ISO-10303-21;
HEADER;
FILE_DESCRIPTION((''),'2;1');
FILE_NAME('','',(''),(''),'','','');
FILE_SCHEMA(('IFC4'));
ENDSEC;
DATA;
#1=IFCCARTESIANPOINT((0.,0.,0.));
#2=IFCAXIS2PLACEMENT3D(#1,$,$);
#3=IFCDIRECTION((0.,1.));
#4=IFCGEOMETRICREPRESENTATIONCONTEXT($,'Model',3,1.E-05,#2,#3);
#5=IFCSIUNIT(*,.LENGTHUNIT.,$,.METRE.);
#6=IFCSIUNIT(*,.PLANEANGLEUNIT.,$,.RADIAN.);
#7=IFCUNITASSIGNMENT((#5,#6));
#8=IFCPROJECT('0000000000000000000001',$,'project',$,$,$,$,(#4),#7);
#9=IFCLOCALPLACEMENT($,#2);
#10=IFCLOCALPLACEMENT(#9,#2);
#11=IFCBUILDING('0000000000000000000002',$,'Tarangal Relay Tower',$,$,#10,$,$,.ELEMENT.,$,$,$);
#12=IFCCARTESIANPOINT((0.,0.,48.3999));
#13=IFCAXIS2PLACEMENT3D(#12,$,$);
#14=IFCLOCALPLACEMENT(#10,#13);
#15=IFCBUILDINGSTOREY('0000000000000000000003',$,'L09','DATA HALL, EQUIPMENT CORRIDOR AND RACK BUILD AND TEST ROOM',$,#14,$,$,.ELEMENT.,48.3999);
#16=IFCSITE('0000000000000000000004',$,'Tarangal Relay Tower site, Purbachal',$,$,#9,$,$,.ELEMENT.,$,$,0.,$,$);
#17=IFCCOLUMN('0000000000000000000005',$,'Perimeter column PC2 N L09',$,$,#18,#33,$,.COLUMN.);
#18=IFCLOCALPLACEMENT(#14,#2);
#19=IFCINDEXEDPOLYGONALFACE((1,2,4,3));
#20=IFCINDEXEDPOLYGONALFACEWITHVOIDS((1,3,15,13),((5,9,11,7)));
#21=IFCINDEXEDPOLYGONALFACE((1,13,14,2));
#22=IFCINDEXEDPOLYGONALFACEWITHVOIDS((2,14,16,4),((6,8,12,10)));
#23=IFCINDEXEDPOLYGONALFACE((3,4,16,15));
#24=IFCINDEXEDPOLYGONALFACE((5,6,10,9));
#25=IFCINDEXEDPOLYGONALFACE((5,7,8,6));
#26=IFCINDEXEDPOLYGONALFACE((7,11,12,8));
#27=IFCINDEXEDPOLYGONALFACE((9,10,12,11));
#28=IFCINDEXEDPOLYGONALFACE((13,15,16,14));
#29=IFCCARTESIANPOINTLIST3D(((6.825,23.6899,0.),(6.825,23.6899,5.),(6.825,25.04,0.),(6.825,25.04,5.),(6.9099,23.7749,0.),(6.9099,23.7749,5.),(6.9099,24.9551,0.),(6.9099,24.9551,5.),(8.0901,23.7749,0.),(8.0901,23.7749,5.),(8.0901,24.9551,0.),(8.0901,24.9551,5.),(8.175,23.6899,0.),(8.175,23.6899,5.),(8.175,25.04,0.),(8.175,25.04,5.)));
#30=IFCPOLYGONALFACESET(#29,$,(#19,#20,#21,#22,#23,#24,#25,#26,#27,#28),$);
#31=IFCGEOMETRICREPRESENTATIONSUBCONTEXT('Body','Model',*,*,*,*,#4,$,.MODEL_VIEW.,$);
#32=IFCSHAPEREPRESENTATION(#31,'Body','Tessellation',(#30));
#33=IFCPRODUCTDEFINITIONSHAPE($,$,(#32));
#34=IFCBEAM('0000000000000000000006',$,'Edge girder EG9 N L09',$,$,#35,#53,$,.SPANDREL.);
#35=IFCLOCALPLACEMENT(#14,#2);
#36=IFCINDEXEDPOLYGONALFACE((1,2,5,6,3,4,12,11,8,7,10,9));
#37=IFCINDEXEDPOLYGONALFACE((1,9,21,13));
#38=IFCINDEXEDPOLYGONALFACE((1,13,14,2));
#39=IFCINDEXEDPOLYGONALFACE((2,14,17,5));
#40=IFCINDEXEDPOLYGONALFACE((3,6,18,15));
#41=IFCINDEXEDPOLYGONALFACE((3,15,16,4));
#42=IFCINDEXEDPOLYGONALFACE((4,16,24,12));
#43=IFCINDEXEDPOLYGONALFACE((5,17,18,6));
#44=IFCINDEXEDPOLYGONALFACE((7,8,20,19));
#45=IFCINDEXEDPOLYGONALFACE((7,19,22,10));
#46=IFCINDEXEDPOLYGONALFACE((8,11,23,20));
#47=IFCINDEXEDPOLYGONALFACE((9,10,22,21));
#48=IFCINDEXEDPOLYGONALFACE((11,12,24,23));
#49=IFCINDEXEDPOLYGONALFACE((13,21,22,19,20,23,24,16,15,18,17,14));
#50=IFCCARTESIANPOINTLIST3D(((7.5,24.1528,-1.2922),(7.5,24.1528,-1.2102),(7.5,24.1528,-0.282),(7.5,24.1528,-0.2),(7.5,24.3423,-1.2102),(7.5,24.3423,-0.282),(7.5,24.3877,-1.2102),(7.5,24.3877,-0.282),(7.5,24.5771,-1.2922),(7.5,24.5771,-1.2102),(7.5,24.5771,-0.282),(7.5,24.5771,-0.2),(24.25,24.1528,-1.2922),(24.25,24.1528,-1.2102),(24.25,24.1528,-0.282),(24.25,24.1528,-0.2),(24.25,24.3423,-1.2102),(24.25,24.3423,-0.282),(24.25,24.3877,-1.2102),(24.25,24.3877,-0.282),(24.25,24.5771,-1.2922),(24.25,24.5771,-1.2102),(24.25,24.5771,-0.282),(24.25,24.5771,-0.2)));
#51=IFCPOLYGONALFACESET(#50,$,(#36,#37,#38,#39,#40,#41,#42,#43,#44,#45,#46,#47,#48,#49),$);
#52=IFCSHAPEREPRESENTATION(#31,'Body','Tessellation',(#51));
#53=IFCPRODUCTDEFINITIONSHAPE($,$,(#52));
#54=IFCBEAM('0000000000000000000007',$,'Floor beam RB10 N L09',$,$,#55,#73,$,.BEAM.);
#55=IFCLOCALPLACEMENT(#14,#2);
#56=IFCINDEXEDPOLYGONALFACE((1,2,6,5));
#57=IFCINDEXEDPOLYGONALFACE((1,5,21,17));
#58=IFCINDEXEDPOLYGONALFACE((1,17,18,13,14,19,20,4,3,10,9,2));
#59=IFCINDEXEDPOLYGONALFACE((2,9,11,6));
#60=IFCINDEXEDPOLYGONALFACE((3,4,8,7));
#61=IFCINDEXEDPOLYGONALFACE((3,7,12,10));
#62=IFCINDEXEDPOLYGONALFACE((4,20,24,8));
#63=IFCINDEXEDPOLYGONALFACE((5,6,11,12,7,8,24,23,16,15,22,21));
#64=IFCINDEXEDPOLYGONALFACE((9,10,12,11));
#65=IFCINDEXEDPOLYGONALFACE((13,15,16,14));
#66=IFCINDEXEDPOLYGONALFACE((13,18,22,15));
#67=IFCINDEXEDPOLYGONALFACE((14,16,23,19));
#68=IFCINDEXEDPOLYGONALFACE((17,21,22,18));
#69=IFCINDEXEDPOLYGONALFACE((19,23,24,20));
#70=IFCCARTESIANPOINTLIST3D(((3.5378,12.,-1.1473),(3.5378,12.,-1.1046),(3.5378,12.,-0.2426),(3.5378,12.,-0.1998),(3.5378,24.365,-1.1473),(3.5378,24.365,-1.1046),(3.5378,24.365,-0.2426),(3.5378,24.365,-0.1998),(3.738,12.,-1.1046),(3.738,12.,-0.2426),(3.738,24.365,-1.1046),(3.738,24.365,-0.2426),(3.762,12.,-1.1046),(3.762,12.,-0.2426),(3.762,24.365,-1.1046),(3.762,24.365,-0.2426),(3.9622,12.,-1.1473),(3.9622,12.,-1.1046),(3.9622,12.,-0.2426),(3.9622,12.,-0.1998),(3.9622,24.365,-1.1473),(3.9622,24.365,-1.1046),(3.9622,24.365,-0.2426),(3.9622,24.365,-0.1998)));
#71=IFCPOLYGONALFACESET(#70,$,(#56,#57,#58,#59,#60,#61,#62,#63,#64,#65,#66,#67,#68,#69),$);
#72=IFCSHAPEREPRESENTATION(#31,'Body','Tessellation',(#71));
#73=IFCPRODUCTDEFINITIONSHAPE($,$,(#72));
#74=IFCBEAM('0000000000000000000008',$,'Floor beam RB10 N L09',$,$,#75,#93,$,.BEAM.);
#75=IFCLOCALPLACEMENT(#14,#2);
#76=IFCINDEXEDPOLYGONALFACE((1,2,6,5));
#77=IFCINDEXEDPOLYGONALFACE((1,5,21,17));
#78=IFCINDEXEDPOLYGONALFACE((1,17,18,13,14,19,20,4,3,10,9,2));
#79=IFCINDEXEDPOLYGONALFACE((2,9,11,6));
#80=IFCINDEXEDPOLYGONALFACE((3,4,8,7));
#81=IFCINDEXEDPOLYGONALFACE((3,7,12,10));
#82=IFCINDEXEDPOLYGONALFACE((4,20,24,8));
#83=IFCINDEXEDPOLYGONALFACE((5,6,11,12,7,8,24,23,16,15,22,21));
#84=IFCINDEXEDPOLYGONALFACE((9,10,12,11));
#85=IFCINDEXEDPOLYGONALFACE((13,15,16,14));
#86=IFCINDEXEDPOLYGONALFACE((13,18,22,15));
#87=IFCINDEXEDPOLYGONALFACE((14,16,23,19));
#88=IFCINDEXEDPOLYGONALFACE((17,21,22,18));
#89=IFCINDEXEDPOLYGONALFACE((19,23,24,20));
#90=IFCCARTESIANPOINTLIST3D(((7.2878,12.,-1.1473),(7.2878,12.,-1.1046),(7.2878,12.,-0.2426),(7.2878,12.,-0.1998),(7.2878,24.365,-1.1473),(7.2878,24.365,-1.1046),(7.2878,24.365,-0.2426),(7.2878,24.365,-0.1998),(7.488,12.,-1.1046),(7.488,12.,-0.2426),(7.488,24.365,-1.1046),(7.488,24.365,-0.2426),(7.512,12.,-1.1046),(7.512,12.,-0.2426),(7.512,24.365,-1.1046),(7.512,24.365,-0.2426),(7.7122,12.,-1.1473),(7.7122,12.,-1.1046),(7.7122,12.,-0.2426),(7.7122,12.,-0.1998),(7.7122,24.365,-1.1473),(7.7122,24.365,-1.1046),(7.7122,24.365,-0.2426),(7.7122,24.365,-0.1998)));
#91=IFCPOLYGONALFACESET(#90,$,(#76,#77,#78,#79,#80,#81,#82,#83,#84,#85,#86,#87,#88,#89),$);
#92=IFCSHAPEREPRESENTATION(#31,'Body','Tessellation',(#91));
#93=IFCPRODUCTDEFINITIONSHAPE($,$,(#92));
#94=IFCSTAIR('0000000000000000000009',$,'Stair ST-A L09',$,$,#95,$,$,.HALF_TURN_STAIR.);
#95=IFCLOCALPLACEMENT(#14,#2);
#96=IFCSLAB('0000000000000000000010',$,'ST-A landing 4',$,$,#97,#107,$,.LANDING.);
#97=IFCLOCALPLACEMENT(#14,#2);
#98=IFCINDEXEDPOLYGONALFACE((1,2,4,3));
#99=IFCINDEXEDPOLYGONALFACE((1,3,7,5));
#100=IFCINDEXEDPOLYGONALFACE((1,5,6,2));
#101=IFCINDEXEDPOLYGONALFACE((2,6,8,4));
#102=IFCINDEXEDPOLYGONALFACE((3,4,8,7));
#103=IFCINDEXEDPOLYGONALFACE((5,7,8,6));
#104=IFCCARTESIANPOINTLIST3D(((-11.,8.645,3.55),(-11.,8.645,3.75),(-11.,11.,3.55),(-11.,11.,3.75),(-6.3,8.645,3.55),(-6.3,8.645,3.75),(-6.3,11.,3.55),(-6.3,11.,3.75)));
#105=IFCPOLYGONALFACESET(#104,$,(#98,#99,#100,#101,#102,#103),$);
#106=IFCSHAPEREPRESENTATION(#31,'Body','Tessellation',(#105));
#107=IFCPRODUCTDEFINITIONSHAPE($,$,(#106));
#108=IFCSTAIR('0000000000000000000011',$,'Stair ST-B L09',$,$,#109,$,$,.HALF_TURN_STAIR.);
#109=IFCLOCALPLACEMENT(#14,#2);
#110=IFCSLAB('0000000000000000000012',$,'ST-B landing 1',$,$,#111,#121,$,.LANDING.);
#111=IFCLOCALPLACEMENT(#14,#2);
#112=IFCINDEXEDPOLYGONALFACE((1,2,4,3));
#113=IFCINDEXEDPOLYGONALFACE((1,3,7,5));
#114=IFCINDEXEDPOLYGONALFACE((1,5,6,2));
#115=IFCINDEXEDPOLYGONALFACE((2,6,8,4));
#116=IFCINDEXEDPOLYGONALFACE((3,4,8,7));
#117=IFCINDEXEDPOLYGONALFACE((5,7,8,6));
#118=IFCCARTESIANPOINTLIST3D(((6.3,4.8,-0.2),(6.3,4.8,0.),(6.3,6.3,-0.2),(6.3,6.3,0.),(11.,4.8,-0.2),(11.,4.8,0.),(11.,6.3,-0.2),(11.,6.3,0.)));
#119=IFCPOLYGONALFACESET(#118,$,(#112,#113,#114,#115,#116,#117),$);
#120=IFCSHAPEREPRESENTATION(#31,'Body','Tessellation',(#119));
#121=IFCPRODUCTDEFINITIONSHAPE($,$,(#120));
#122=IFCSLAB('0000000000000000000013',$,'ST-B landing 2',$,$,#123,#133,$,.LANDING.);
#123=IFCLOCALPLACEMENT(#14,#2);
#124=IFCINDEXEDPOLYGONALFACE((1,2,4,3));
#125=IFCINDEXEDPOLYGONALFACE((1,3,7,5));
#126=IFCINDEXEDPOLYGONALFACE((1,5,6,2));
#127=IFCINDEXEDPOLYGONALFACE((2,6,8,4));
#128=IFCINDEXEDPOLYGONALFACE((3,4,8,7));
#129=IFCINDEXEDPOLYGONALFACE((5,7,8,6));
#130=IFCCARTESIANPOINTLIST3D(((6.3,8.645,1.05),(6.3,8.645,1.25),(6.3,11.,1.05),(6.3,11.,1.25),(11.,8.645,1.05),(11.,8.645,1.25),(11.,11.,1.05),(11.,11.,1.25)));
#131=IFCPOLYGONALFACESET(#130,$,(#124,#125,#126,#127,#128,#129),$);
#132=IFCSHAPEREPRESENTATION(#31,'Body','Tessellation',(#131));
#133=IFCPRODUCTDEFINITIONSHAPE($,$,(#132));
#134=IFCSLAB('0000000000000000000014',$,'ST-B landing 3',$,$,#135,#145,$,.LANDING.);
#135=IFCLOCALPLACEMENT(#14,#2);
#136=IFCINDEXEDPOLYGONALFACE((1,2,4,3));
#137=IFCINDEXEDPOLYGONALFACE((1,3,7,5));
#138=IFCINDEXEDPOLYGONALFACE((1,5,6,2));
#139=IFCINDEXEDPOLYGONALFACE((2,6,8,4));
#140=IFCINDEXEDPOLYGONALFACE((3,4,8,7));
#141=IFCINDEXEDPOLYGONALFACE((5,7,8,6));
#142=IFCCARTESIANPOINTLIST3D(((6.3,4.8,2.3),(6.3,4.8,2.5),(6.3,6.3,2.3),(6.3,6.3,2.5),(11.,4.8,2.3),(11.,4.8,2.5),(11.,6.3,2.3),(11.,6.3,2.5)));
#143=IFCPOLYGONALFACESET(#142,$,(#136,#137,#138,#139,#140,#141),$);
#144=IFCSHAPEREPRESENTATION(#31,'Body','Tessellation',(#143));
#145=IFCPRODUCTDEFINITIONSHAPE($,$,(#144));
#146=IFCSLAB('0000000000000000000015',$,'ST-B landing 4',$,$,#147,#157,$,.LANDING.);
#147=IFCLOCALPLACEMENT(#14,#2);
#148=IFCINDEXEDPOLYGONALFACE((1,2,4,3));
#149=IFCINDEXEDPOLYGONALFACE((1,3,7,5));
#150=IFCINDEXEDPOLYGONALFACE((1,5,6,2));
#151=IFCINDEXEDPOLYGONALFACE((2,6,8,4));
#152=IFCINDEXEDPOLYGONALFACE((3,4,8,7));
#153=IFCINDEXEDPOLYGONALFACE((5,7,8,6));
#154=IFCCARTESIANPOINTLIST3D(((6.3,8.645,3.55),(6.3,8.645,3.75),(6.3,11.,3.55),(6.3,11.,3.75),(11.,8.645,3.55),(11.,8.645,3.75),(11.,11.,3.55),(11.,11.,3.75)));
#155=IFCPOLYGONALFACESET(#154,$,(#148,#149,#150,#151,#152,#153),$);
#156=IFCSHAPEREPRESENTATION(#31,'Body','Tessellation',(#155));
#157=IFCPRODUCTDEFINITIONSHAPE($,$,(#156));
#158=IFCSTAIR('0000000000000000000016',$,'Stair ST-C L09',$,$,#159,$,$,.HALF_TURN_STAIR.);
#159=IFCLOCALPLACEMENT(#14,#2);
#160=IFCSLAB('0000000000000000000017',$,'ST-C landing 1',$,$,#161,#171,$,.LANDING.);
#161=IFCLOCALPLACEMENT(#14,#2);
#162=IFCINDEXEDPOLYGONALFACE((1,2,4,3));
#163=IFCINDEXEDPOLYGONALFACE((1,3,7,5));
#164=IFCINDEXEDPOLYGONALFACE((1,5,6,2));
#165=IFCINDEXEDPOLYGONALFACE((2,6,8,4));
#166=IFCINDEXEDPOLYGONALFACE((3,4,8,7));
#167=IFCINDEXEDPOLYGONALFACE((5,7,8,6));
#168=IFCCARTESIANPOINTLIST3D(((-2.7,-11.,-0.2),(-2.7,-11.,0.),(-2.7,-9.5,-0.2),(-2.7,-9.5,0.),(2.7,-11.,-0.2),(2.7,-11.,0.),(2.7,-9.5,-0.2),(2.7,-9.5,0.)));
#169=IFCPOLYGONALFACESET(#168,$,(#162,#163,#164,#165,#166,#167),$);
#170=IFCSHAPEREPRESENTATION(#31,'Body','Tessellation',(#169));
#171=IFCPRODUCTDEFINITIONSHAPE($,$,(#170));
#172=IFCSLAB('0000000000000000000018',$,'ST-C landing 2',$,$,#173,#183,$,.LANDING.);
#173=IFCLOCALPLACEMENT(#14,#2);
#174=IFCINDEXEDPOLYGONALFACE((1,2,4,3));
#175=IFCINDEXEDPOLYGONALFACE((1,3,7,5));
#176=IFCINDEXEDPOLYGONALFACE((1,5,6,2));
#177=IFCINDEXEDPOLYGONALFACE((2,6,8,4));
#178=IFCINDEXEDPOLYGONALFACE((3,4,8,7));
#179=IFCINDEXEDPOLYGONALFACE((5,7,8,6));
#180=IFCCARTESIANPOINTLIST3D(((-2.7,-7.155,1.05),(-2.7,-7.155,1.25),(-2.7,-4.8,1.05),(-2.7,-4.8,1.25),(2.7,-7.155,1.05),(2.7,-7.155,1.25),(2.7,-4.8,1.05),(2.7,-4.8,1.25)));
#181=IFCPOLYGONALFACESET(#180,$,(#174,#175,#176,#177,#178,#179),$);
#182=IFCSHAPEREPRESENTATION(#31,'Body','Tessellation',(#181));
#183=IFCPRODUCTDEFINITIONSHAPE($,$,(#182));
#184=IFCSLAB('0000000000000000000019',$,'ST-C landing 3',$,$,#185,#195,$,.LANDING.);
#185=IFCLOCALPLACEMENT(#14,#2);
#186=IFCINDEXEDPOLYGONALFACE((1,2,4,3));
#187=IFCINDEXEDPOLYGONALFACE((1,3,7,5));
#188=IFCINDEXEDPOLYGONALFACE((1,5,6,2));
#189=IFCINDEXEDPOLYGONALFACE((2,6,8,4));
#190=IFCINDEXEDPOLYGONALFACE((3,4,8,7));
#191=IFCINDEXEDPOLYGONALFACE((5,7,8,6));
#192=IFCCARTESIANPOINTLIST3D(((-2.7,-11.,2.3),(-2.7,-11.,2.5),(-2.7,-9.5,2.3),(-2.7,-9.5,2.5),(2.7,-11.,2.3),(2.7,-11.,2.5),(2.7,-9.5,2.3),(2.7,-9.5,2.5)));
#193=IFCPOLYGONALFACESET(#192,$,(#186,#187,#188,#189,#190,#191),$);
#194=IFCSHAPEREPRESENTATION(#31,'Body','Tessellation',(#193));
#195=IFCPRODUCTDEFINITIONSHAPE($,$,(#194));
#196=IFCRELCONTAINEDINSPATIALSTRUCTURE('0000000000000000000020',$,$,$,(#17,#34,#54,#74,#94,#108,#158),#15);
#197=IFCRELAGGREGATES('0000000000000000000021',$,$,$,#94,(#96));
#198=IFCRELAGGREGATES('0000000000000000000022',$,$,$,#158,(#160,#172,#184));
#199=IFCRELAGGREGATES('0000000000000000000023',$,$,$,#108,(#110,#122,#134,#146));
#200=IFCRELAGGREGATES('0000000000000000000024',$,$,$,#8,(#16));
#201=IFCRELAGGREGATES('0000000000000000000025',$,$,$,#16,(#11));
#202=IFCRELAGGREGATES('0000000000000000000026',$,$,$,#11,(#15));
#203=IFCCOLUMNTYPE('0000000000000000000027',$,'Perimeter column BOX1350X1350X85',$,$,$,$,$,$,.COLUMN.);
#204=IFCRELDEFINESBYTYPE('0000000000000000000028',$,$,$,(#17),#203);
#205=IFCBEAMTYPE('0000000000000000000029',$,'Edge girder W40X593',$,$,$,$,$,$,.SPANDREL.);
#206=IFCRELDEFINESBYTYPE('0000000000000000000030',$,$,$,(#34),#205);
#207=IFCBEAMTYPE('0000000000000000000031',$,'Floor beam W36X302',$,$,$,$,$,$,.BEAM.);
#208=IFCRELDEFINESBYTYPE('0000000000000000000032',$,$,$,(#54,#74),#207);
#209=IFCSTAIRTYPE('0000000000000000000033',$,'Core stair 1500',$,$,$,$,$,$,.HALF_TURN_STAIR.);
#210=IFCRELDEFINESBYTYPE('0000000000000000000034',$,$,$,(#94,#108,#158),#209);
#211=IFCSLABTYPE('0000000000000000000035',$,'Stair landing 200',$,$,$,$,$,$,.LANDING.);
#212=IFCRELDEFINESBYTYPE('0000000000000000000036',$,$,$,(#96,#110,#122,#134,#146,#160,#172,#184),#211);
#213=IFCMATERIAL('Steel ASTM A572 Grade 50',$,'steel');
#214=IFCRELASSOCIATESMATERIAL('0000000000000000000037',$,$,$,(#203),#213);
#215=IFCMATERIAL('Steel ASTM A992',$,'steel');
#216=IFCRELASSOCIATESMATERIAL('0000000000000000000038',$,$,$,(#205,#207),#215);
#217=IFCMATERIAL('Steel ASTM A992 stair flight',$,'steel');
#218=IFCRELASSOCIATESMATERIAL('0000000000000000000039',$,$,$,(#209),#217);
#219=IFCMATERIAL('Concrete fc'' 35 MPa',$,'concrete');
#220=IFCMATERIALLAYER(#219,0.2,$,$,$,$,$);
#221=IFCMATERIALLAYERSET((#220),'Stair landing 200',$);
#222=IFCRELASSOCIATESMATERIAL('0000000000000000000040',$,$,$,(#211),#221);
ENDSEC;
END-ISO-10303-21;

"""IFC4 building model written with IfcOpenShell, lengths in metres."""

from ifc_helpers import new_model, si_unit, direction, frame, origin, origin_2d, place, context, subcontext, project, spatial, polyline, hollow_rectangle, i_section, outline, extrude, material, layer, layer_set, material_profile, profile_set, type_object, element, aggregate, save


model = new_model("IFC4")

# Units and contexts
model_context = context("Model", 3, precision=1e-05, world=origin(), true_north=direction((0.0, 1.0)))
body_context = subcontext(model_context, "Body", "Model", "MODEL_VIEW")
ifc_project = project(units=[si_unit("LENGTHUNIT", "METRE"), si_unit("PLANEANGLEUNIT", "RADIAN")], contexts=[model_context])

# Site, building, storey
site_placement = place(None, origin())
site = spatial("IfcSite", under=ifc_project, at=site_placement, Name="Tarangal Relay Tower site, Purbachal", CompositionType="ELEMENT", RefElevation=0.0)
building_placement = place(site_placement, origin())
building = spatial("IfcBuilding", under=site, at=building_placement, Name="Tarangal Relay Tower", CompositionType="ELEMENT")
storey_placement = place(building_placement, frame((0.0, 0.0, 48.3999)))
storey = spatial("IfcBuildingStorey", under=building, at=storey_placement, Name="L09", Description="DATA HALL, EQUIPMENT CORRIDOR AND RACK BUILD AND TEST ROOM", CompositionType="ELEMENT", Elevation=48.3999)

# Column
ifc_material_1 = material(Name="Steel ASTM A572 Grade 50", Category="steel")
ifc_material_profile_1 = material_profile(ifc_material_1, hollow_rectangle(XDim=1.3501, YDim=1.3501, WallThickness=0.085, at=origin_2d()), Name="BOX1350X1350X85")
ifc_profile_set_1 = profile_set([ifc_material_profile_1], Name="Steel ASTM A572 Grade 50")
column_type = type_object("IfcColumnType", Name="Perimeter column BOX1350X1350X85", PredefinedType="COLUMN", material=ifc_profile_set_1)
column_placement = place(storey_placement, frame((7.5, 24.365, 0.0), z_axis=(0.0, 0.0, 1.0), x_axis=(1.0, 0.0, 0.0)))
element("IfcColumn", 1, at=column_placement, inside=storey, type_object=column_type, Name="Perimeter column PC2 N L09", PredefinedType="COLUMN", context=body_context, shape_type="SweptSolid", body=[
    extrude(hollow_rectangle(XDim=1.3501, YDim=1.3501, WallThickness=0.085, at=origin_2d()), origin(), (0.0, 0.0, 1.0), 5.0),
])

# Beams
ifc_material_2 = material(Name="Steel ASTM A992", Category="steel")
ifc_material_profile_2 = material_profile(ifc_material_2, i_section(OverallWidth=0.4243, OverallDepth=1.0923, WebThickness=0.0454, FlangeThickness=0.082, at=origin_2d()), Name="W40X593")
ifc_profile_set_2 = profile_set([ifc_material_profile_2], Name="Steel ASTM A992")
beam_type_1 = type_object("IfcBeamType", Name="Edge girder W40X593", PredefinedType="SPANDREL", material=ifc_profile_set_2)
beam_placement = place(storey_placement, frame((7.5, 24.365, -0.7461), z_axis=(1.0, 0.0, 0.0), x_axis=(0.0, 1.0, 0.0)))
element("IfcBeam", 2, at=beam_placement, inside=storey, type_object=beam_type_1, Name="Edge girder EG9 N L09", PredefinedType="SPANDREL", context=body_context, shape_type="SweptSolid", body=[
    extrude(i_section(OverallWidth=0.4243, OverallDepth=1.0923, WebThickness=0.0454, FlangeThickness=0.082, at=origin_2d()), origin(), (0.0, 0.0, 1.0), 16.75),
])
ifc_material_profile_3 = material_profile(ifc_material_2, i_section(OverallWidth=0.4243, OverallDepth=0.9475, WebThickness=0.0239, FlangeThickness=0.0427, at=origin_2d()), Name="W36X302")
ifc_profile_set_3 = profile_set([ifc_material_profile_3], Name="Steel ASTM A992")
beam_type_2 = type_object("IfcBeamType", Name="Floor beam W36X302", PredefinedType="BEAM", material=ifc_profile_set_3)
for number, where, z_axis, x_axis, name in (
    (3, (3.75, 12.0, -0.6736), (0.0, 1.0, 0.0), (-1.0, 0.0, 0.0), "Floor beam RB10 N L09"),
    (4, (7.5, 12.0, -0.6736), (0.0, 1.0, 0.0), (-1.0, 0.0, 0.0), "Floor beam RB10 N L09"),
):
    element("IfcBeam", number, at=place(storey_placement, frame(where, z_axis=z_axis, x_axis=x_axis)), inside=storey, type_object=beam_type_2, Name=name, PredefinedType="BEAM", context=body_context, shape_type="SweptSolid", body=[
        extrude(i_section(OverallWidth=0.4243, OverallDepth=0.9475, WebThickness=0.0239, FlangeThickness=0.0427, at=origin_2d()), origin(), (0.0, 0.0, 1.0), 12.365),
    ])

# Stair, slab
ifc_material_3 = material(Name="Steel ASTM A992 stair flight", Category="steel")
stair_type = type_object("IfcStairType", Name="Core stair 1500", PredefinedType="HALF_TURN_STAIR", material=ifc_material_3)
stair_1_placement = place(storey_placement, origin())
stair_1 = element("IfcStair", 5, at=stair_1_placement, inside=storey, type_object=stair_type, Name="Stair ST-A L09", PredefinedType="HALF_TURN_STAIR")
ifc_material_4 = material(Name="Concrete fc' 35 MPa", Category="concrete")
ifc_layer_1 = layer(ifc_material_4, 0.2)
ifc_layer_set_1 = layer_set([ifc_layer_1], Name="Stair landing 200")
slab_type = type_object("IfcSlabType", Name="Stair landing 200", PredefinedType="LANDING", material=ifc_layer_set_1)
slab_1_placement = place(storey_placement, frame((0.0, 0.0, 3.55)))
slab_1 = element("IfcSlab", 6, at=slab_1_placement, type_object=slab_type, Name="ST-A landing 4", PredefinedType="LANDING", context=body_context, shape_type="SweptSolid", body=[
    extrude(outline(polyline([(-11.0, 8.645), (-6.3, 8.645), (-6.3, 11.0), (-11.0, 11.0), (-11.0, 8.645)])), origin(), (0.0, 0.0, 1.0), 0.2),
])
aggregate(stair_1, [slab_1])

# Stairs, slabs
stair_2_placement = place(storey_placement, origin())
stair_2 = element("IfcStair", 7, at=stair_2_placement, inside=storey, type_object=stair_type, Name="Stair ST-B L09", PredefinedType="HALF_TURN_STAIR")
slab_2_placement = place(storey_placement, frame((0.0, 0.0, -0.2)))
slab_2 = element("IfcSlab", 8, at=slab_2_placement, type_object=slab_type, Name="ST-B landing 1", PredefinedType="LANDING", context=body_context, shape_type="SweptSolid", body=[
    extrude(outline(polyline([(6.3, 4.8), (11.0, 4.8), (11.0, 6.3), (6.3, 6.3), (6.3, 4.8)])), origin(), (0.0, 0.0, 1.0), 0.2),
])
slab_3_placement = place(storey_placement, frame((0.0, 0.0, 1.05)))
slab_3 = element("IfcSlab", 9, at=slab_3_placement, type_object=slab_type, Name="ST-B landing 2", PredefinedType="LANDING", context=body_context, shape_type="SweptSolid", body=[
    extrude(outline(polyline([(6.3, 8.645), (11.0, 8.645), (11.0, 11.0), (6.3, 11.0), (6.3, 8.645)])), origin(), (0.0, 0.0, 1.0), 0.2),
])
slab_4_placement = place(storey_placement, frame((0.0, 0.0, 2.3)))
slab_4 = element("IfcSlab", 10, at=slab_4_placement, type_object=slab_type, Name="ST-B landing 3", PredefinedType="LANDING", context=body_context, shape_type="SweptSolid", body=[
    extrude(outline(polyline([(6.3, 4.8), (11.0, 4.8), (11.0, 6.3), (6.3, 6.3), (6.3, 4.8)])), origin(), (0.0, 0.0, 1.0), 0.2),
])
slab_5_placement = place(storey_placement, frame((0.0, 0.0, 3.55)))
slab_5 = element("IfcSlab", 11, at=slab_5_placement, type_object=slab_type, Name="ST-B landing 4", PredefinedType="LANDING", context=body_context, shape_type="SweptSolid", body=[
    extrude(outline(polyline([(6.3, 8.645), (11.0, 8.645), (11.0, 11.0), (6.3, 11.0), (6.3, 8.645)])), origin(), (0.0, 0.0, 1.0), 0.2),
])
stair_3_placement = place(storey_placement, origin())
stair_3 = element("IfcStair", 12, at=stair_3_placement, inside=storey, type_object=stair_type, Name="Stair ST-C L09", PredefinedType="HALF_TURN_STAIR")
slab_6_placement = place(storey_placement, frame((0.0, 0.0, -0.2)))
slab_6 = element("IfcSlab", 13, at=slab_6_placement, type_object=slab_type, Name="ST-C landing 1", PredefinedType="LANDING", context=body_context, shape_type="SweptSolid", body=[
    extrude(outline(polyline([(-2.7, -11.0), (2.7, -11.0), (2.7, -9.5), (-2.7, -9.5), (-2.7, -11.0)])), origin(), (0.0, 0.0, 1.0), 0.2),
])
slab_7_placement = place(storey_placement, frame((0.0, 0.0, 1.05)))
slab_7 = element("IfcSlab", 14, at=slab_7_placement, type_object=slab_type, Name="ST-C landing 2", PredefinedType="LANDING", context=body_context, shape_type="SweptSolid", body=[
    extrude(outline(polyline([(-2.7, -7.155), (2.7, -7.155), (2.7, -4.8), (-2.7, -4.8), (-2.7, -7.155)])), origin(), (0.0, 0.0, 1.0), 0.2),
])
slab_8_placement = place(storey_placement, frame((0.0, 0.0, 2.3)))
slab_8 = element("IfcSlab", 15, at=slab_8_placement, type_object=slab_type, Name="ST-C landing 3", PredefinedType="LANDING", context=body_context, shape_type="SweptSolid", body=[
    extrude(outline(polyline([(-2.7, -11.0), (2.7, -11.0), (2.7, -9.5), (-2.7, -9.5), (-2.7, -11.0)])), origin(), (0.0, 0.0, 1.0), 0.2),
])
aggregate(stair_3, [slab_6, slab_7, slab_8])

aggregate(stair_2, [slab_2, slab_3, slab_4, slab_5])

save(model, "model.ifc")
